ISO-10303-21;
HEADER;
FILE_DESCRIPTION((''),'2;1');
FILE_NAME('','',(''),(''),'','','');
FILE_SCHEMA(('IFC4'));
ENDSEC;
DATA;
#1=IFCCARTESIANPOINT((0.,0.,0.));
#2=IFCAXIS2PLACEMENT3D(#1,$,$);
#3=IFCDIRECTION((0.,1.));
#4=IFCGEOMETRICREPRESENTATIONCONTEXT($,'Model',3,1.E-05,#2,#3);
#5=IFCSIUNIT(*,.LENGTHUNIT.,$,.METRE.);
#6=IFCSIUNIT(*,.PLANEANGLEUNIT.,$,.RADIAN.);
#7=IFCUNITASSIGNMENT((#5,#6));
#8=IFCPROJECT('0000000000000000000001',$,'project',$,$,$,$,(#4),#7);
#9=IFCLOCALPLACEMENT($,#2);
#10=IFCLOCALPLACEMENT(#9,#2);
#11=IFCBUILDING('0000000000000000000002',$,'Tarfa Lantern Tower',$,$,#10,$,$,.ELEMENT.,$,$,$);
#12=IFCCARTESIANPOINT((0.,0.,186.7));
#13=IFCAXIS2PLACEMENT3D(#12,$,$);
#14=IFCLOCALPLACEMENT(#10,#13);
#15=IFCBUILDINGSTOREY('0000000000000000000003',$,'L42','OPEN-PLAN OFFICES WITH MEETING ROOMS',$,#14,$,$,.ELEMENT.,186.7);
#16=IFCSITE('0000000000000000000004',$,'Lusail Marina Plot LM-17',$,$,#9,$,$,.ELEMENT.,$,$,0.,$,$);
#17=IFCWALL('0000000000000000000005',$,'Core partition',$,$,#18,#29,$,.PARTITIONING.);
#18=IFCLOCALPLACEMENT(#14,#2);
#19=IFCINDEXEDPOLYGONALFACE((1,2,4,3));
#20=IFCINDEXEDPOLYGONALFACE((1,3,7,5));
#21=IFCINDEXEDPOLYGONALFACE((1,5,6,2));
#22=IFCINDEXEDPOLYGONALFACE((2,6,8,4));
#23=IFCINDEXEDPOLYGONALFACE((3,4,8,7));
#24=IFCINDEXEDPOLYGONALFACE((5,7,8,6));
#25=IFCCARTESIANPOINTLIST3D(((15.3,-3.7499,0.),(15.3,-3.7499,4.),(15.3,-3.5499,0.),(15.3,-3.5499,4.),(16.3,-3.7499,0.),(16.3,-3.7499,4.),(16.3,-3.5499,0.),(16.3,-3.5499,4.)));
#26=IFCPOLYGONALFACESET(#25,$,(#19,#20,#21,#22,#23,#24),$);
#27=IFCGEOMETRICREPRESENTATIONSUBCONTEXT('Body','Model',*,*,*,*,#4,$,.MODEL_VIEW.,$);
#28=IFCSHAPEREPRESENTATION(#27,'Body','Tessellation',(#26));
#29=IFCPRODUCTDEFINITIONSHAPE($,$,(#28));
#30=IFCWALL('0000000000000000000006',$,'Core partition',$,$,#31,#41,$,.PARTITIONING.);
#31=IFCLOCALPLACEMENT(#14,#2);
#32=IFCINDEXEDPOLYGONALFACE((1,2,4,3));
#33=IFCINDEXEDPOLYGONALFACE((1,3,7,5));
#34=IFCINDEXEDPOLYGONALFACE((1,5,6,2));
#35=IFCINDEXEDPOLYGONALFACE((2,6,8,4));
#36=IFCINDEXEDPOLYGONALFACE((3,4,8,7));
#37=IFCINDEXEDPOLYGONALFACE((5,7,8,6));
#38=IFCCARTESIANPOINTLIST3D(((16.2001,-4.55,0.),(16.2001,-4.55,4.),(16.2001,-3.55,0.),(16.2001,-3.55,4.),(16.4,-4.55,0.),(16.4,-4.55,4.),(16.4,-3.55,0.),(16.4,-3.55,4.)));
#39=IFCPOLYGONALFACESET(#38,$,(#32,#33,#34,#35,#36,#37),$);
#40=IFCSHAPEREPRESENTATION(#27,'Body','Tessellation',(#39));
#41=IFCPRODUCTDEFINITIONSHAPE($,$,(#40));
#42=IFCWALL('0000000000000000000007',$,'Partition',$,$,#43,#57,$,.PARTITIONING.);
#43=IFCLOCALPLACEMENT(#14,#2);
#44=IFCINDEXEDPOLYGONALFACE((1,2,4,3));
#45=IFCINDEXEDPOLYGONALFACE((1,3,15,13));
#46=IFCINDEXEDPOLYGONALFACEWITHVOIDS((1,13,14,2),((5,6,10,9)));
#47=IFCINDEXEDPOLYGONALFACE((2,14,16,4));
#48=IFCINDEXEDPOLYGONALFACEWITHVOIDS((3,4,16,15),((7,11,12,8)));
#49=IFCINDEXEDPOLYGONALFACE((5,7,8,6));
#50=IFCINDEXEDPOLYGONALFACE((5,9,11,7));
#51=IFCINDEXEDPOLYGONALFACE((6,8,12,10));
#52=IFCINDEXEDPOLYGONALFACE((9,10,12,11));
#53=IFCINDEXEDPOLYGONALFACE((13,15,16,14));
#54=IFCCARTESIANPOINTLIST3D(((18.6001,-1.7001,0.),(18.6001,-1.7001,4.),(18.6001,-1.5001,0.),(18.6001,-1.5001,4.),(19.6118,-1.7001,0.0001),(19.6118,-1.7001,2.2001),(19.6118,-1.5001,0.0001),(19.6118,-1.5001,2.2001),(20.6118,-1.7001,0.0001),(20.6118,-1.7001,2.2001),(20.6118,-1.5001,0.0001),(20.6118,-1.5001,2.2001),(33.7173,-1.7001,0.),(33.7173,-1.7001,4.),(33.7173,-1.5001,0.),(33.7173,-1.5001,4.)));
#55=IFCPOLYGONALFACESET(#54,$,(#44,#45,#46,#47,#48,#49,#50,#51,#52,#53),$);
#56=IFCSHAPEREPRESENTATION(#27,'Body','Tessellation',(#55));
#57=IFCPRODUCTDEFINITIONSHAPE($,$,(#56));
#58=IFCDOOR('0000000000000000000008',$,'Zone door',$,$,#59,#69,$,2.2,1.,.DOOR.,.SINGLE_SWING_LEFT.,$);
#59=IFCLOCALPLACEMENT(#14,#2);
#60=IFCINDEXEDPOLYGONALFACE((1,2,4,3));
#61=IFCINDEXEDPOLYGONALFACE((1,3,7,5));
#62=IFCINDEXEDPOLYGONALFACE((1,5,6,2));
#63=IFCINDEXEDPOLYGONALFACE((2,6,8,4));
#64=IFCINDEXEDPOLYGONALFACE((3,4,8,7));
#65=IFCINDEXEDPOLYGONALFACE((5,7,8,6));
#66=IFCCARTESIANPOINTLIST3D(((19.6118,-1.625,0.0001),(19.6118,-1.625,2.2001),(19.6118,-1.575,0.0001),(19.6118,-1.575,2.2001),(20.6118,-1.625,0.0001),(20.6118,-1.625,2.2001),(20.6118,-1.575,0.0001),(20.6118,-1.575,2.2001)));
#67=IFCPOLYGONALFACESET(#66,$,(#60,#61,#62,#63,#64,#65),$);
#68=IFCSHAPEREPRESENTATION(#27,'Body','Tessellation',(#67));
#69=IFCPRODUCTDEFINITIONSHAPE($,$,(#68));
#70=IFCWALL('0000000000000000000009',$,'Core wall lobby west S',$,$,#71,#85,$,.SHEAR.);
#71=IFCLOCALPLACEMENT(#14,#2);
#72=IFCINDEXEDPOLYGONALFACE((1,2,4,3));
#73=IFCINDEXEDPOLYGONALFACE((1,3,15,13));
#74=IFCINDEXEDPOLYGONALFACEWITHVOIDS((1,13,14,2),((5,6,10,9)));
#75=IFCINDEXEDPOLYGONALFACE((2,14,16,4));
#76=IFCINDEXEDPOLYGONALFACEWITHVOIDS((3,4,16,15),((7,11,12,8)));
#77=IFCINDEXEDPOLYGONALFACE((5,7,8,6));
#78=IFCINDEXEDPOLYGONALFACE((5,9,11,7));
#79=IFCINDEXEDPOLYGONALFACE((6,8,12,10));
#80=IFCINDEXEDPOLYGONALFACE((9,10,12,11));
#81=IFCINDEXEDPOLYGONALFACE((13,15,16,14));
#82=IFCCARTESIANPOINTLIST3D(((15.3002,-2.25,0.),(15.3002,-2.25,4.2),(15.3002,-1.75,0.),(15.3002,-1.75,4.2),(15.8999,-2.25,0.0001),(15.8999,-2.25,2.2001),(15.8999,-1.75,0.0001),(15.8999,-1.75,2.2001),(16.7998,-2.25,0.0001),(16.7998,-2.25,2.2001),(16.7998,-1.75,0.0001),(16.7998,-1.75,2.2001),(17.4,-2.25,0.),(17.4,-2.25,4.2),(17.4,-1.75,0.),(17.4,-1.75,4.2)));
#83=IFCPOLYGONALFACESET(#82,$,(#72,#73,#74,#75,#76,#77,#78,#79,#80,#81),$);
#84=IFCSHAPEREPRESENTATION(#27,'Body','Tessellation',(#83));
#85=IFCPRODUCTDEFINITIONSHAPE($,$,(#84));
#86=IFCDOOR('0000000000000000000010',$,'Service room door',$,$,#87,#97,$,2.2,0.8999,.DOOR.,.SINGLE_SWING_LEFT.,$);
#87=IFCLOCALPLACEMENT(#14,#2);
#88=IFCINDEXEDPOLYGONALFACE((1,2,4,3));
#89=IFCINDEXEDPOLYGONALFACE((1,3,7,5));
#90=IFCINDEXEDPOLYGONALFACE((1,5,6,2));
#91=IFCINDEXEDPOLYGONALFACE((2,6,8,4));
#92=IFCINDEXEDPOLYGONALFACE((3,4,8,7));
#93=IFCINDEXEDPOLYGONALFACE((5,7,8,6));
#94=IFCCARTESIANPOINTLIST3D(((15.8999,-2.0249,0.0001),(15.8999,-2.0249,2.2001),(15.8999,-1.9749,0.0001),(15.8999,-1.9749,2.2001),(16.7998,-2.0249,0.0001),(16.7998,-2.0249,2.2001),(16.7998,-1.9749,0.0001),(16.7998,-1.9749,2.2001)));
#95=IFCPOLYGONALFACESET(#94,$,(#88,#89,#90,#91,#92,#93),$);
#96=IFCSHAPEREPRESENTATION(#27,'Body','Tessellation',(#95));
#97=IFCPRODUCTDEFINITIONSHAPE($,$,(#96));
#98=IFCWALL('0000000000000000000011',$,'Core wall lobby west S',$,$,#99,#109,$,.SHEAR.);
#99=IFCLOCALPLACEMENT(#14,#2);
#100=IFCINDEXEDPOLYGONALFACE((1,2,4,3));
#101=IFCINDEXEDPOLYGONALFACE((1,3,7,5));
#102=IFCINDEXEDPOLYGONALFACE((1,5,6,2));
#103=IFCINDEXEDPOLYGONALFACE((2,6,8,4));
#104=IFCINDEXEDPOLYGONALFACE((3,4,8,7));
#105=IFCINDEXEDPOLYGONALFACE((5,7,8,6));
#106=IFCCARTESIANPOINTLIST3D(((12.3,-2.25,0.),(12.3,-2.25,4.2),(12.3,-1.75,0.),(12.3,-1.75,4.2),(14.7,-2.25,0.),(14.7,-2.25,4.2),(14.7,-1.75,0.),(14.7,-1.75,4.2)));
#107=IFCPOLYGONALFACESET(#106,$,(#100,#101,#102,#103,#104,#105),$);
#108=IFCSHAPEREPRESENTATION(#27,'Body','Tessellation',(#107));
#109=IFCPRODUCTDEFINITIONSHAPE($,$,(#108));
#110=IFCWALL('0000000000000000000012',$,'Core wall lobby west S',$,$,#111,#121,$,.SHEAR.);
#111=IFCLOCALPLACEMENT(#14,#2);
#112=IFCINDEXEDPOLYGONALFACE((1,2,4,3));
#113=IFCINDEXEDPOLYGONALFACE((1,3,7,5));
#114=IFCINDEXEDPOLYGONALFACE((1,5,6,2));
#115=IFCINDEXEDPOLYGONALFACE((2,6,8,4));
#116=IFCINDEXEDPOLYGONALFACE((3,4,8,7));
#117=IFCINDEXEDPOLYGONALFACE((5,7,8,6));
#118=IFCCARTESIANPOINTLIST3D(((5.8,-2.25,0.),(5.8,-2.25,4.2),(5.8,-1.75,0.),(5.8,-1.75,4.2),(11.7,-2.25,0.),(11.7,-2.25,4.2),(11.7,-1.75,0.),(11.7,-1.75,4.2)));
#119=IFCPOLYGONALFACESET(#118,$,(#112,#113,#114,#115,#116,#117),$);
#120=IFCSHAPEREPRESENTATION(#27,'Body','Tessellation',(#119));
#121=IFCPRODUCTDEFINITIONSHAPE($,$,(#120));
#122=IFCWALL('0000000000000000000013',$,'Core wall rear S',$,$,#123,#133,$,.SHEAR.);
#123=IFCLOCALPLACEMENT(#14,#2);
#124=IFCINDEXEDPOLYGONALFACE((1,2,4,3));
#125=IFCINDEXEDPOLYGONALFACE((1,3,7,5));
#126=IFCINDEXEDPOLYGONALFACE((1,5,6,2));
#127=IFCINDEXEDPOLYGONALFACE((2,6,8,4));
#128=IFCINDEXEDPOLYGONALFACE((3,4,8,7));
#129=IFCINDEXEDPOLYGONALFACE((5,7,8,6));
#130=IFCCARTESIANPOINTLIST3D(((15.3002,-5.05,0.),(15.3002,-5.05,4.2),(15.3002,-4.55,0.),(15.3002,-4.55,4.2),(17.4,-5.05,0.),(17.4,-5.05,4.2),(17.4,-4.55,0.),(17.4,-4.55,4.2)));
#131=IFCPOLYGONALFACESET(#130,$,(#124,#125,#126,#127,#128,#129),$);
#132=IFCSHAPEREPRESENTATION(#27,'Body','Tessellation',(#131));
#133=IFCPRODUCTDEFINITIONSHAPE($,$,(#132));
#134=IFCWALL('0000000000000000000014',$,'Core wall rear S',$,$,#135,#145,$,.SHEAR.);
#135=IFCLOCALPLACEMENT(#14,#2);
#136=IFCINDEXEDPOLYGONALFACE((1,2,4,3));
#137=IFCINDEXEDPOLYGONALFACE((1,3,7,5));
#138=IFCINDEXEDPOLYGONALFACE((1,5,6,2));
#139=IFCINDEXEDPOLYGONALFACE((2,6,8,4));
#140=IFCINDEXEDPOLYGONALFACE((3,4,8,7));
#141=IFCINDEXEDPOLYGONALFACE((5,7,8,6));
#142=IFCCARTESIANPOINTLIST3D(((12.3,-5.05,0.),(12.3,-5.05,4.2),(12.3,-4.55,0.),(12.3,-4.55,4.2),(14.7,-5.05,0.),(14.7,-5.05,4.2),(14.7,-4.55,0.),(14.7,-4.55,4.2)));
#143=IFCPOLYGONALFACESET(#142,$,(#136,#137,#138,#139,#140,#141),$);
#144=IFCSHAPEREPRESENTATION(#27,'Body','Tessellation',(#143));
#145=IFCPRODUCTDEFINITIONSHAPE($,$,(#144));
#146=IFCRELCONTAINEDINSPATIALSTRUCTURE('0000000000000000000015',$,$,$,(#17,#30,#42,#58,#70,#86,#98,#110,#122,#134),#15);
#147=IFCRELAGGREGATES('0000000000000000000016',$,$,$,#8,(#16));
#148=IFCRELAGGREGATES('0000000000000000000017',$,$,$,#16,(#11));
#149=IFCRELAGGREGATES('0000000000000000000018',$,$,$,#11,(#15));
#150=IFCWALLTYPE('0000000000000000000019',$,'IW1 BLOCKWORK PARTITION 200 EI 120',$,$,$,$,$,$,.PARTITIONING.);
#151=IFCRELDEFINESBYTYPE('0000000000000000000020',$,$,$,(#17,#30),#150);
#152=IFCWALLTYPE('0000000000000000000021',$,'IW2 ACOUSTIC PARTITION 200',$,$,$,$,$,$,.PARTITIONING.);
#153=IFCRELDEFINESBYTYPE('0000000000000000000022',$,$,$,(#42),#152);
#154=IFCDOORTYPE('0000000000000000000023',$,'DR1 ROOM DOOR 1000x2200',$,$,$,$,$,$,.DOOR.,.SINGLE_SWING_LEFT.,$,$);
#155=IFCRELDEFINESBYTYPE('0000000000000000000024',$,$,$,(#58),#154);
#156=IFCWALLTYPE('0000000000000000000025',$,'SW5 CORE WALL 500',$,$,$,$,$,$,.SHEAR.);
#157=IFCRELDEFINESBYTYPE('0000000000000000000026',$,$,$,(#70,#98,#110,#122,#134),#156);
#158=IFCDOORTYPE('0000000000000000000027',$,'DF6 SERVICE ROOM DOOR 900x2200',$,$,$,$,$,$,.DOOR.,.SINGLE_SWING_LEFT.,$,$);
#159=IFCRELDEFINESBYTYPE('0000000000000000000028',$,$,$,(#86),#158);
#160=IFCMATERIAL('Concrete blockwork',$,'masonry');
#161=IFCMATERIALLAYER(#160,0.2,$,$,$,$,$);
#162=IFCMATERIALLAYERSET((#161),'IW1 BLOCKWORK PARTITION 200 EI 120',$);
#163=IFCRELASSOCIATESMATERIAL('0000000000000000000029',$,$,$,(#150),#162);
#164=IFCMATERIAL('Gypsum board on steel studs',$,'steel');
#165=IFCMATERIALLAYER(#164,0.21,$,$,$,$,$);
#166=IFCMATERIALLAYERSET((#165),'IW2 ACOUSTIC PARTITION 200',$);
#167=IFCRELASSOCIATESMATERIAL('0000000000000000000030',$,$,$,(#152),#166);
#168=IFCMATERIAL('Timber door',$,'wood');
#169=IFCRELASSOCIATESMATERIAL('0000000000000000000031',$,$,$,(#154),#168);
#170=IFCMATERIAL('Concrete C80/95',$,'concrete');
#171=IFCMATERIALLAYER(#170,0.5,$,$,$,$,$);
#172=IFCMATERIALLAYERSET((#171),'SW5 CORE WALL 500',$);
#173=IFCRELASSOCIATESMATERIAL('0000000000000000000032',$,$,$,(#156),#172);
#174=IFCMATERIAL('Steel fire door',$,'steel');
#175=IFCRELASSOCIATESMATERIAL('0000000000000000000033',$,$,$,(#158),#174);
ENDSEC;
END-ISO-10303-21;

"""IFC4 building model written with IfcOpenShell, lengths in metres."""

from ifc_helpers import new_model, si_unit, direction, frame, frame_2d, origin, place, context, subcontext, project, spatial, rectangle, extrude, material, layer, layer_set, type_object, element, fill, save


model = new_model("IFC4")

# Units and contexts
model_context = context("Model", 3, precision=1e-05, world=origin(), true_north=direction((0.0, 1.0)))
body_context = subcontext(model_context, "Body", "Model", "MODEL_VIEW")
ifc_project = project(units=[si_unit("LENGTHUNIT", "METRE"), si_unit("PLANEANGLEUNIT", "RADIAN")], contexts=[model_context])

# Site, building, storey
site_placement = place(None, origin())
site = spatial("IfcSite", under=ifc_project, at=site_placement, Name="Lusail Marina Plot LM-17", CompositionType="ELEMENT", RefElevation=0.0)
building_placement = place(site_placement, origin())
building = spatial("IfcBuilding", under=site, at=building_placement, Name="Tarfa Lantern Tower", CompositionType="ELEMENT")
storey_placement = place(building_placement, frame((0.0, 0.0, 186.7)))
storey = spatial("IfcBuildingStorey", under=building, at=storey_placement, Name="L42", Description="OPEN-PLAN OFFICES WITH MEETING ROOMS", CompositionType="ELEMENT", Elevation=186.7)

# Walls
ifc_material_1 = material(Name="Concrete blockwork", Category="masonry")
ifc_layer_1 = layer(ifc_material_1, 0.2)
ifc_layer_set_1 = layer_set([ifc_layer_1], Name="IW1 BLOCKWORK PARTITION 200 EI 120")
wall_type_1 = type_object("IfcWallType", Name="IW1 BLOCKWORK PARTITION 200 EI 120", PredefinedType="PARTITIONING", material=ifc_layer_set_1)
for number, where, z_axis, x_axis, name in (
    (1, (16.3, -3.6499, 0.0), (0.0, 0.0, 1.0), (-1.0, 0.0, 0.0), "Core partition"),
    (2, (16.3, -3.55, 0.0), (0.0, 0.0, 1.0), (0.0, -1.0, 0.0), "Core partition"),
):
    element("IfcWall", number, at=place(storey_placement, frame(where, z_axis=z_axis, x_axis=x_axis)), inside=storey, type_object=wall_type_1, Name=name, PredefinedType="PARTITIONING", context=body_context, shape_type="SweptSolid", body=[
        extrude(rectangle(XDim=1.0, YDim=0.2, at=frame_2d((0.5, 0.0))), origin(), (0.0, 0.0, 1.0), 4.0),
    ])

# Walls, openings, doors
ifc_material_2 = material(Name="Gypsum board on steel studs", Category="steel")
ifc_layer_2 = layer(ifc_material_2, 0.21)
ifc_layer_set_2 = layer_set([ifc_layer_2], Name="IW2 ACOUSTIC PARTITION 200")
wall_type_2 = type_object("IfcWallType", Name="IW2 ACOUSTIC PARTITION 200", PredefinedType="PARTITIONING", material=ifc_layer_set_2)
wall_1_placement = place(storey_placement, frame((18.6001, -1.6001, 0.0), z_axis=(0.0, 0.0, 1.0), x_axis=(1.0, 0.0, 0.0)))
wall_1 = element("IfcWall", 3, at=wall_1_placement, inside=storey, type_object=wall_type_2, Name="Partition", PredefinedType="PARTITIONING", context=body_context, shape_type="SweptSolid", body=[
    extrude(rectangle(XDim=15.1172, YDim=0.2, at=frame_2d((7.5586, 0.0))), origin(), (0.0, 0.0, 1.0), 4.0),
])
opening_1_placement = place(wall_1_placement, frame((1.0117, 0.0, 0.0)))
opening_1 = element("IfcOpeningElement", 4, at=opening_1_placement, cuts=wall_1, PredefinedType="OPENING", context=body_context, shape_type="SweptSolid", body=[
    extrude(rectangle(XDim=1.0, YDim=2.2, at=frame_2d((0.5, 1.1001))), frame((0.0, 0.1099, 0.0), z_axis=(0.0, -1.0, 0.0), x_axis=(1.0, 0.0, 0.0)), (0.0, 0.0, 1.0), 0.22),
])
ifc_material_3 = material(Name="Timber door", Category="wood")
door_type_1 = type_object("IfcDoorType", Name="DR1 ROOM DOOR 1000x2200", OperationType="SINGLE_SWING_LEFT", PredefinedType="DOOR", material=ifc_material_3)
door_1_placement = place(opening_1_placement, frame((1.0, 0.0, 0.0), z_axis=(0.0, 0.0, 1.0), x_axis=(-1.0, 0.0, 0.0)))
door_1 = element("IfcDoor", 5, at=door_1_placement, inside=storey, type_object=door_type_1, Name="Zone door", OperationType="SINGLE_SWING_LEFT", OverallHeight=2.2, OverallWidth=1.0, PredefinedType="DOOR", context=body_context, shape_type="SweptSolid", body=[
    extrude(rectangle(XDim=1.0, YDim=2.2, at=frame_2d((0.5, 1.1001))), frame((0.0, 0.0249, 0.0), z_axis=(0.0, -1.0, 0.0), x_axis=(1.0, 0.0, 0.0)), (0.0, 0.0, 1.0), 0.05),
])
fill(opening_1, door_1)
ifc_material_4 = material(Name="Concrete C80/95", Category="concrete")
ifc_material_5 = material(Name="Steel fire door", Category="steel")
ifc_layer_3 = layer(ifc_material_4, 0.5)
ifc_layer_set_3 = layer_set([ifc_layer_3], Name="SW5 CORE WALL 500")
wall_type_3 = type_object("IfcWallType", Name="SW5 CORE WALL 500", PredefinedType="SHEAR", material=ifc_layer_set_3)
wall_2_placement = place(storey_placement, frame((17.3999, -2.0, 0.0), z_axis=(0.0, 0.0, 1.0), x_axis=(-1.0, 0.0, 0.0)))
wall_2 = element("IfcWall", 6, at=wall_2_placement, inside=storey, type_object=wall_type_3, Name="Core wall lobby west S", PredefinedType="SHEAR", context=body_context, shape_type="SweptSolid", body=[
    extrude(rectangle(XDim=2.0999, YDim=0.5, at=frame_2d((1.0498, 0.0))), origin(), (0.0, 0.0, 1.0), 4.2),
])
opening_2_placement = place(wall_2_placement, frame((0.6001, 0.0, 0.0)))
opening_2 = element("IfcOpeningElement", 7, at=opening_2_placement, cuts=wall_2, PredefinedType="OPENING", context=body_context, shape_type="SweptSolid", body=[
    extrude(rectangle(XDim=0.8999, YDim=2.2, at=frame_2d((0.45, 1.1001))), frame((0.0, 0.26, 0.0), z_axis=(0.0, -1.0, 0.0), x_axis=(1.0, 0.0, 0.0)), (0.0, 0.0, 1.0), 0.52),
])
door_type_2 = type_object("IfcDoorType", Name="DF6 SERVICE ROOM DOOR 900x2200", OperationType="SINGLE_SWING_LEFT", PredefinedType="DOOR", material=ifc_material_5)
door_2_placement = place(opening_2_placement, origin())
door_2 = element("IfcDoor", 8, at=door_2_placement, inside=storey, type_object=door_type_2, Name="Service room door", OperationType="SINGLE_SWING_LEFT", OverallHeight=2.2, OverallWidth=0.8999, PredefinedType="DOOR", context=body_context, shape_type="SweptSolid", body=[
    extrude(rectangle(XDim=0.8999, YDim=2.2, at=frame_2d((0.45, 1.1001))), frame((0.0, 0.0249, 0.0), z_axis=(0.0, -1.0, 0.0), x_axis=(1.0, 0.0, 0.0)), (0.0, 0.0, 1.0), 0.05),
])
fill(opening_2, door_2)

# Walls
wall_3_placement = place(storey_placement, frame((14.7, -2.0, 0.0), z_axis=(0.0, 0.0, 1.0), x_axis=(-1.0, 0.0, 0.0)))
element("IfcWall", 9, at=wall_3_placement, inside=storey, type_object=wall_type_3, Name="Core wall lobby west S", PredefinedType="SHEAR", context=body_context, shape_type="SweptSolid", body=[
    extrude(rectangle(XDim=2.3999, YDim=0.5, at=frame_2d((1.2, 0.0))), origin(), (0.0, 0.0, 1.0), 4.2),
])
wall_4_placement = place(storey_placement, frame((11.7, -2.0, 0.0), z_axis=(0.0, 0.0, 1.0), x_axis=(-1.0, 0.0, 0.0)))
element("IfcWall", 10, at=wall_4_placement, inside=storey, type_object=wall_type_3, Name="Core wall lobby west S", PredefinedType="SHEAR", context=body_context, shape_type="SweptSolid", body=[
    extrude(rectangle(XDim=5.8999, YDim=0.5, at=frame_2d((2.95, 0.0))), origin(), (0.0, 0.0, 1.0), 4.2),
])
wall_5_placement = place(storey_placement, frame((17.3999, -4.8, 0.0), z_axis=(0.0, 0.0, 1.0), x_axis=(-1.0, 0.0, 0.0)))
element("IfcWall", 11, at=wall_5_placement, inside=storey, type_object=wall_type_3, Name="Core wall rear S", PredefinedType="SHEAR", context=body_context, shape_type="SweptSolid", body=[
    extrude(rectangle(XDim=2.0999, YDim=0.5, at=frame_2d((1.0498, 0.0))), origin(), (0.0, 0.0, 1.0), 4.2),
])
wall_6_placement = place(storey_placement, frame((14.7, -4.8, 0.0), z_axis=(0.0, 0.0, 1.0), x_axis=(-1.0, 0.0, 0.0)))
element("IfcWall", 12, at=wall_6_placement, inside=storey, type_object=wall_type_3, Name="Core wall rear S", PredefinedType="SHEAR", context=body_context, shape_type="SweptSolid", body=[
    extrude(rectangle(XDim=2.3999, YDim=0.5, at=frame_2d((1.2, 0.0))), origin(), (0.0, 0.0, 1.0), 4.2),
])

save(model, "model.ifc")
